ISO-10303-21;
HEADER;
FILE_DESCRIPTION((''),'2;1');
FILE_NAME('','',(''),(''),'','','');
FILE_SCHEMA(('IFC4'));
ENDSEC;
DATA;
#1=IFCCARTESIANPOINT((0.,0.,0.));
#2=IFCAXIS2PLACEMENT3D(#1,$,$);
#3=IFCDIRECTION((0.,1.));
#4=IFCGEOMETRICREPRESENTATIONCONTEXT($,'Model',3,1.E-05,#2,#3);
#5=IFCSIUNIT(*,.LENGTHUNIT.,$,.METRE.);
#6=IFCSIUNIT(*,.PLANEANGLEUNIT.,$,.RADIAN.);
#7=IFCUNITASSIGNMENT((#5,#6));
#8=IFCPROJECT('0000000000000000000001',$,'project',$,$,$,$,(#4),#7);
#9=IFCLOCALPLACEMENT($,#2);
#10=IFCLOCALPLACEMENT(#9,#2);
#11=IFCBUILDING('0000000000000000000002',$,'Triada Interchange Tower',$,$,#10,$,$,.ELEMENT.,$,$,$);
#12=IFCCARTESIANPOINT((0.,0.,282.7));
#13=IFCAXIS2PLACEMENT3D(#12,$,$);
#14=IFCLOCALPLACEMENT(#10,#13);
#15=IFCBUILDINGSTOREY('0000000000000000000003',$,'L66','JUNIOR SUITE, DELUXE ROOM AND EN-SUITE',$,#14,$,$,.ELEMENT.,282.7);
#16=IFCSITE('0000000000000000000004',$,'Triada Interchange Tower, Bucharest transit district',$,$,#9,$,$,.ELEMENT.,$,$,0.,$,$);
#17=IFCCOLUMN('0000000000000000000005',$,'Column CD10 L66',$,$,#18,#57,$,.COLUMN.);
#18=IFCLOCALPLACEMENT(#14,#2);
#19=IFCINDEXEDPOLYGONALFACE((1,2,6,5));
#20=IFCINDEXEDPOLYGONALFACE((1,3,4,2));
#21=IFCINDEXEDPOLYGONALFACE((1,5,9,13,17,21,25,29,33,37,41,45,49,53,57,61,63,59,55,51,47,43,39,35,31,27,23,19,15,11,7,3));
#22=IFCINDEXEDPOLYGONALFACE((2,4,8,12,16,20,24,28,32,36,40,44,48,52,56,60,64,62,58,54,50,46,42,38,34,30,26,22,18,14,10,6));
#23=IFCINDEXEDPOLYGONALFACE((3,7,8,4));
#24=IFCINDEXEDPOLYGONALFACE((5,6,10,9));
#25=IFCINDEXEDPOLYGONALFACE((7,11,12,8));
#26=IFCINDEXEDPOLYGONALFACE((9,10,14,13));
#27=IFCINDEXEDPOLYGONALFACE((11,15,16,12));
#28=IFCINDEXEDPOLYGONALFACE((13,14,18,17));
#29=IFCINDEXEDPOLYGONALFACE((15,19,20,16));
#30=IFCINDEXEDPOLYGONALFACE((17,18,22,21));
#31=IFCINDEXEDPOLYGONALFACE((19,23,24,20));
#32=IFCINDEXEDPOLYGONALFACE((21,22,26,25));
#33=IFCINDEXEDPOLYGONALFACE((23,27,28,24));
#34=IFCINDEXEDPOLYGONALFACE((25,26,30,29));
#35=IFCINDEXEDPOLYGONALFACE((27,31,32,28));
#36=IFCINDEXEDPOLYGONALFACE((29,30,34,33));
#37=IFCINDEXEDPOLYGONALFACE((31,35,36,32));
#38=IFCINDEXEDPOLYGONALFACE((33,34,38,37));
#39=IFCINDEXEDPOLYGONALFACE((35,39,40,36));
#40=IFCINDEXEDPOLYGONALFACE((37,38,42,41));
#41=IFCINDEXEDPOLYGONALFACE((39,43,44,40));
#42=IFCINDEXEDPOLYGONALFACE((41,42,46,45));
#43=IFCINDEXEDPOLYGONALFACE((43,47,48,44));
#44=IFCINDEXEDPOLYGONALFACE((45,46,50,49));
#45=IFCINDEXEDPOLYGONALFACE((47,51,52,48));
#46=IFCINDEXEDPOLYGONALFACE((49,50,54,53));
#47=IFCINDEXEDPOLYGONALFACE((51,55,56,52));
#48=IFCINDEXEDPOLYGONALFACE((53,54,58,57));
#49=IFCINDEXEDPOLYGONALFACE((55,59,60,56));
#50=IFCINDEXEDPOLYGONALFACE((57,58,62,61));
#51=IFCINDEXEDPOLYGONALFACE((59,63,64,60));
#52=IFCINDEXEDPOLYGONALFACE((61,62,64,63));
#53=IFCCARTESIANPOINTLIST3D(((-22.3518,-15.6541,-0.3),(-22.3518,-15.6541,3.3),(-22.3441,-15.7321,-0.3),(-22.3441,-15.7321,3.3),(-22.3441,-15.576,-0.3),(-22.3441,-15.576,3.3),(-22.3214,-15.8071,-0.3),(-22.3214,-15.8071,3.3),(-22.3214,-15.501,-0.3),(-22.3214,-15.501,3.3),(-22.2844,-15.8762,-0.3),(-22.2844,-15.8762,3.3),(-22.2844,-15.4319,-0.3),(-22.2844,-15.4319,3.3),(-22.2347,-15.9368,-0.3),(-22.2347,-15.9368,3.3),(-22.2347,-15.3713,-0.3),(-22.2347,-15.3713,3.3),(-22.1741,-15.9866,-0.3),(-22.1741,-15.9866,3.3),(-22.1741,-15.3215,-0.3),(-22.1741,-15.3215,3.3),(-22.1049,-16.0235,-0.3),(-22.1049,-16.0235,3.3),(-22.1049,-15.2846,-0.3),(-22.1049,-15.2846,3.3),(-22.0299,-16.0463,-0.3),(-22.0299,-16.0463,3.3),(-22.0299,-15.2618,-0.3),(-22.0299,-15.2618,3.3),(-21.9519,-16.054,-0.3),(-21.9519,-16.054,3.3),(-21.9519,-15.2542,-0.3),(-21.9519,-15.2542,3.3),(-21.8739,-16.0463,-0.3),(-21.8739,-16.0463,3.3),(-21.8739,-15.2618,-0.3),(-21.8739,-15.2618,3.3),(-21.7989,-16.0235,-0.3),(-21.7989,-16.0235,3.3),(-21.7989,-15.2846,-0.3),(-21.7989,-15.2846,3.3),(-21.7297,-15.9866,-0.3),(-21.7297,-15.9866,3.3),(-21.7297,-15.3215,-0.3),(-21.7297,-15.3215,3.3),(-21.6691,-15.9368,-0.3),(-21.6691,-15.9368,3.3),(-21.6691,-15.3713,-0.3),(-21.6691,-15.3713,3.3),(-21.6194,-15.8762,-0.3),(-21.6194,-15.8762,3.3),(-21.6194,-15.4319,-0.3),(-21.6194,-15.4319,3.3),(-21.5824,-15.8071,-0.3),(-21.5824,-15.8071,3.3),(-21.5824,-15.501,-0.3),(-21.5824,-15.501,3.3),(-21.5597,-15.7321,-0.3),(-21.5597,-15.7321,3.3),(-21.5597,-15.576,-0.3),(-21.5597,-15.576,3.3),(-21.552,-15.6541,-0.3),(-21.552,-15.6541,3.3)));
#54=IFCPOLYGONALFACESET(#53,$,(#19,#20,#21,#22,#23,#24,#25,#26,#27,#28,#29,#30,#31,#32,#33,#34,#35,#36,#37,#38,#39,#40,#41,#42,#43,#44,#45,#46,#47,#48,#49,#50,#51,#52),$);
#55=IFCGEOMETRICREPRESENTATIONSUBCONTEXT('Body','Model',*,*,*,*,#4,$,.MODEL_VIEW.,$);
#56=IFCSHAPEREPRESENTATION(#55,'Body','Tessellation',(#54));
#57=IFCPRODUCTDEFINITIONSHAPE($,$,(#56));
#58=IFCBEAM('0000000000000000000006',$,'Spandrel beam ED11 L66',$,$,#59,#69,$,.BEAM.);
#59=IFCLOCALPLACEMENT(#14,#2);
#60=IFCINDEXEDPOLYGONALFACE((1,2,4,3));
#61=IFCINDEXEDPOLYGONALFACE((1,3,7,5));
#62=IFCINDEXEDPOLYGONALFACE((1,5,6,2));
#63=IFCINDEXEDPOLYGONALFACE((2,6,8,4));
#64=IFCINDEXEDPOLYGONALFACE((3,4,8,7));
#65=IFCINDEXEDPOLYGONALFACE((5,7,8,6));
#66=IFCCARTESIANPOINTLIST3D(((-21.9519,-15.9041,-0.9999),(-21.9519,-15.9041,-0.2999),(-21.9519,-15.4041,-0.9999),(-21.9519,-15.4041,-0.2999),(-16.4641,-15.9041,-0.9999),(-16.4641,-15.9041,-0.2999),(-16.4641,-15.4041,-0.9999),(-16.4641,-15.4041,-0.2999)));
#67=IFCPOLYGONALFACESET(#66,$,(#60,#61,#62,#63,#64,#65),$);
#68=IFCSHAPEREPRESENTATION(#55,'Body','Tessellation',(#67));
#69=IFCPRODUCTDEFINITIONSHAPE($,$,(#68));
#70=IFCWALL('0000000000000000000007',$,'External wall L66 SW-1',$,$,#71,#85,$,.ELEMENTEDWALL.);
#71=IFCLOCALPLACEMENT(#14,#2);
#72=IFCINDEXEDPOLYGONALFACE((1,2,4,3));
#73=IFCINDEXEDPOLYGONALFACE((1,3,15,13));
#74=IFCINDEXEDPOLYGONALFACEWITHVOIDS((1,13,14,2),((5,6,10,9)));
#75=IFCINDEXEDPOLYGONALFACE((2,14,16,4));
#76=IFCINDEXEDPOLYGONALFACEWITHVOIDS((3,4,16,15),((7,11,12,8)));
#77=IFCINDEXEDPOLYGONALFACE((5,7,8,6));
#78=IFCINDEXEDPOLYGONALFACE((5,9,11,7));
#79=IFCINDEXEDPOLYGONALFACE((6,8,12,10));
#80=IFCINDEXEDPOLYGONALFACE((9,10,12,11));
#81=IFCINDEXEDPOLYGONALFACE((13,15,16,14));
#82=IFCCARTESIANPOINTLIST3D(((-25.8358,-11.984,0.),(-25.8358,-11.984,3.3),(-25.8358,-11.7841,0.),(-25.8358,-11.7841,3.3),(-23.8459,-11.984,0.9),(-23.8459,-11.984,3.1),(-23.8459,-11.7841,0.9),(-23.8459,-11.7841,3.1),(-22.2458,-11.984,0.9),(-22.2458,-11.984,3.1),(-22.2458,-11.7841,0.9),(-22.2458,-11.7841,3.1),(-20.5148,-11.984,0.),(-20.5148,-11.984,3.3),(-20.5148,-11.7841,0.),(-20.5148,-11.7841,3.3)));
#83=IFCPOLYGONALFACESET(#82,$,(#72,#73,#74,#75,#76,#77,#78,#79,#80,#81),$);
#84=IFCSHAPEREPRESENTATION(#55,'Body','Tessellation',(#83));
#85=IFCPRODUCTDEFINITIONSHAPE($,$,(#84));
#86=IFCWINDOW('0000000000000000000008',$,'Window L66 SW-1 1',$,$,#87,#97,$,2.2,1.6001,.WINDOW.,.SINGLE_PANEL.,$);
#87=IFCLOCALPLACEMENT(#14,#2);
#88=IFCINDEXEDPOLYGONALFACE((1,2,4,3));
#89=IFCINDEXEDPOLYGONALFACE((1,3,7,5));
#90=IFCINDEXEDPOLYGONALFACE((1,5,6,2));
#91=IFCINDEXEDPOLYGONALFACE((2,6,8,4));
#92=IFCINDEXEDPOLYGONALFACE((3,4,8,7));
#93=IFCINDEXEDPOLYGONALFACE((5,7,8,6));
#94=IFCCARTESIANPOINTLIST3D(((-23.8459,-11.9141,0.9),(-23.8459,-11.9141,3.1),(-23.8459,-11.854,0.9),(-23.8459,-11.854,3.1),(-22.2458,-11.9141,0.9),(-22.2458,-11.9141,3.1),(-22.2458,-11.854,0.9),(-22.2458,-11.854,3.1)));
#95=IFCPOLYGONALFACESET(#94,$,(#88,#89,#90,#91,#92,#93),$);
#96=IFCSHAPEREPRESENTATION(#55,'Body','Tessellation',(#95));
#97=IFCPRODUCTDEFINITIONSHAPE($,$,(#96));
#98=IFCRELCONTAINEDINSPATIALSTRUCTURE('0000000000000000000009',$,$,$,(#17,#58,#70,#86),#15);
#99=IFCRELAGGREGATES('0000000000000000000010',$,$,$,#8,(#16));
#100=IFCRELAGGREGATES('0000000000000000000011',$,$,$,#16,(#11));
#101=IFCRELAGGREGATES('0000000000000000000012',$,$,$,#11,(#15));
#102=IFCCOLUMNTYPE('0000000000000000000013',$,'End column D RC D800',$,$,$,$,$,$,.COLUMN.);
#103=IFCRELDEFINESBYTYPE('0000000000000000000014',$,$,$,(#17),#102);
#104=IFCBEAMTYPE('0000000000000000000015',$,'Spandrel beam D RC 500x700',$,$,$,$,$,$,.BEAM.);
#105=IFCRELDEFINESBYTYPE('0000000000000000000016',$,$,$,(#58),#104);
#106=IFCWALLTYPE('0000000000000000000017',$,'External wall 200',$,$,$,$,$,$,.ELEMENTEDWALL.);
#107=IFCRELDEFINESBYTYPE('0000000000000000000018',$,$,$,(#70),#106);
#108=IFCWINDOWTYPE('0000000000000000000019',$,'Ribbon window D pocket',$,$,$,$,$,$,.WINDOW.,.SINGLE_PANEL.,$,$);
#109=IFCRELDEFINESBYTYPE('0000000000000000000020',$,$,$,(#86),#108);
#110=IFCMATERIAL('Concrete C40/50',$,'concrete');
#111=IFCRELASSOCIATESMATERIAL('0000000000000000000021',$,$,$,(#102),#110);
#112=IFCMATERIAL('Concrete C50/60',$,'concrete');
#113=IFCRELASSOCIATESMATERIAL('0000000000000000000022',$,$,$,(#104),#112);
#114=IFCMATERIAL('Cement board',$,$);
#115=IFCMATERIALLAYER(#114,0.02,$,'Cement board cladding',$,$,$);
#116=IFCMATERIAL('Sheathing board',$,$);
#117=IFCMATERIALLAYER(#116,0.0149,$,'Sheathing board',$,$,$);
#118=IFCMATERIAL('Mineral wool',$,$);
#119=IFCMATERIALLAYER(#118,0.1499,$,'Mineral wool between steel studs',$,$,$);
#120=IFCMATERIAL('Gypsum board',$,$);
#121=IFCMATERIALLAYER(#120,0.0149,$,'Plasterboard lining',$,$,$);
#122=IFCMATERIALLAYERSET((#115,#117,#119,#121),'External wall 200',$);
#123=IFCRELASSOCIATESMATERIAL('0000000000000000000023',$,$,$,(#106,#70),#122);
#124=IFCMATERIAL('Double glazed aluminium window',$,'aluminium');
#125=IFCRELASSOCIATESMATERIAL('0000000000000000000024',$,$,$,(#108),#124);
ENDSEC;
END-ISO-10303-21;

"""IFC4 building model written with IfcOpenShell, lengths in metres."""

from ifc_helpers import new_model, si_unit, direction, frame, frame_2d, origin, origin_2d, place, context, subcontext, project, spatial, rectangle, circle, extrude, material, layer, layer_set, layer_usage, material_profile, profile_set, type_object, element, fill, save


model = new_model("IFC4")

# Units and contexts
model_context = context("Model", 3, precision=1e-05, world=origin(), true_north=direction((0.0, 1.0)))
body_context = subcontext(model_context, "Body", "Model", "MODEL_VIEW")
ifc_project = project(units=[si_unit("LENGTHUNIT", "METRE"), si_unit("PLANEANGLEUNIT", "RADIAN")], contexts=[model_context])

# Site, building, storey
site_placement = place(None, origin())
site = spatial("IfcSite", under=ifc_project, at=site_placement, Name="Triada Interchange Tower, Bucharest transit district", CompositionType="ELEMENT", RefElevation=0.0)
building_placement = place(site_placement, origin())
building = spatial("IfcBuilding", under=site, at=building_placement, Name="Triada Interchange Tower", CompositionType="ELEMENT")
storey_placement = place(building_placement, frame((0.0, 0.0, 282.7)))
storey = spatial("IfcBuildingStorey", under=building, at=storey_placement, Name="L66", Description="JUNIOR SUITE, DELUXE ROOM AND EN-SUITE", CompositionType="ELEMENT", Elevation=282.7)

# Column
ifc_material_1 = material(Name="Concrete C40/50", Category="concrete")
ifc_material_profile_1 = material_profile(ifc_material_1, circle(Radius=0.3999, at=origin_2d()), Name="RC D800")
ifc_profile_set_1 = profile_set([ifc_material_profile_1], Name="Concrete C40/50")
column_type = type_object("IfcColumnType", Name="End column D RC D800", PredefinedType="COLUMN", material=ifc_profile_set_1)
column_placement = place(storey_placement, frame((-21.9519, -15.6541, -0.3), z_axis=(0.0, 0.0, 1.0), x_axis=(1.0, 0.0, 0.0)))
element("IfcColumn", 1, at=column_placement, inside=storey, type_object=column_type, Name="Column CD10 L66", PredefinedType="COLUMN", context=body_context, shape_type="SweptSolid", body=[
    extrude(circle(Radius=0.3999, at=origin_2d()), origin(), (0.0, 0.0, 1.0), 3.6001),
])

# Beam
ifc_material_2 = material(Name="Concrete C50/60", Category="concrete")
ifc_material_profile_2 = material_profile(ifc_material_2, rectangle(XDim=0.5, YDim=0.7, at=origin_2d()), Name="RC 500x700")
ifc_profile_set_2 = profile_set([ifc_material_profile_2], Name="Concrete C50/60")
beam_type = type_object("IfcBeamType", Name="Spandrel beam D RC 500x700", PredefinedType="BEAM", material=ifc_profile_set_2)
beam_placement = place(storey_placement, frame((-21.9519, -15.6541, -0.6499), z_axis=(1.0, 0.0, 0.0), x_axis=(0.0, 1.0, 0.0)))
element("IfcBeam", 2, at=beam_placement, inside=storey, type_object=beam_type, Name="Spandrel beam ED11 L66", PredefinedType="BEAM", context=body_context, shape_type="SweptSolid", body=[
    extrude(rectangle(XDim=0.5, YDim=0.7, at=origin_2d()), origin(), (0.0, 0.0, 1.0), 5.4878),
])

# Wall, opening, window
ifc_material_3 = material(Name="Cement board")
ifc_layer_1 = layer(ifc_material_3, 0.02, Name="Cement board cladding")
ifc_material_4 = material(Name="Sheathing board")
ifc_layer_2 = layer(ifc_material_4, 0.0149, Name="Sheathing board")
ifc_material_5 = material(Name="Mineral wool")
ifc_layer_3 = layer(ifc_material_5, 0.1499, Name="Mineral wool between steel studs")
ifc_material_6 = material(Name="Gypsum board")
ifc_layer_4 = layer(ifc_material_6, 0.0149, Name="Plasterboard lining")
ifc_layer_set_1 = layer_set([ifc_layer_1, ifc_layer_2, ifc_layer_3, ifc_layer_4], Name="External wall 200")
ifc_layer_usage = layer_usage(ifc_layer_set_1, "AXIS2", "POSITIVE", -0.1001)
wall_type = type_object("IfcWallType", Name="External wall 200", PredefinedType="ELEMENTEDWALL", material=ifc_layer_set_1)
wall_1_placement = place(storey_placement, frame((-25.8359, -11.884, 0.0), z_axis=(0.0, 0.0, 1.0), x_axis=(1.0, 0.0, 0.0)))
wall_1 = element("IfcWall", 3, at=wall_1_placement, inside=storey, type_object=wall_type, material=ifc_layer_usage, Name="External wall L66 SW-1", PredefinedType="ELEMENTEDWALL", context=body_context, shape_type="SweptSolid", body=[
    extrude(rectangle(XDim=5.321, YDim=0.2, at=frame_2d((2.6606, 0.0))), origin(), (0.0, 0.0, 1.0), 3.3),
])
opening_1_placement = place(wall_1_placement, frame((1.99, 0.0, 0.8999)))
opening_1 = element("IfcOpeningElement", 4, at=opening_1_placement, cuts=wall_1, PredefinedType="OPENING", context=body_context, shape_type="SweptSolid", body=[
    extrude(rectangle(XDim=1.6001, YDim=2.2, at=frame_2d((0.8, 1.1001))), frame((0.0, 0.1099, 0.0), z_axis=(0.0, -1.0, 0.0), x_axis=(1.0, 0.0, 0.0)), (0.0, 0.0, 1.0), 0.22),
])
ifc_material_7 = material(Name="Double glazed aluminium window", Category="aluminium")
window_type_1 = type_object("IfcWindowType", Name="Ribbon window D pocket", PartitioningType="SINGLE_PANEL", PredefinedType="WINDOW", material=ifc_material_7)
window_1_placement = place(opening_1_placement, origin())
window_1 = element("IfcWindow", 5, at=window_1_placement, inside=storey, type_object=window_type_1, Name="Window L66 SW-1 1", OverallHeight=2.2, OverallWidth=1.6001, PartitioningType="SINGLE_PANEL", PredefinedType="WINDOW", context=body_context, shape_type="SweptSolid", body=[
    extrude(rectangle(XDim=1.6001, YDim=2.2, at=frame_2d((0.8, 1.1001))), frame((0.0, 0.03, 0.0), z_axis=(0.0, -1.0, 0.0), x_axis=(1.0, 0.0, 0.0)), (0.0, 0.0, 1.0), 0.0601),
])
fill(opening_1, window_1)

save(model, "model.ifc")
